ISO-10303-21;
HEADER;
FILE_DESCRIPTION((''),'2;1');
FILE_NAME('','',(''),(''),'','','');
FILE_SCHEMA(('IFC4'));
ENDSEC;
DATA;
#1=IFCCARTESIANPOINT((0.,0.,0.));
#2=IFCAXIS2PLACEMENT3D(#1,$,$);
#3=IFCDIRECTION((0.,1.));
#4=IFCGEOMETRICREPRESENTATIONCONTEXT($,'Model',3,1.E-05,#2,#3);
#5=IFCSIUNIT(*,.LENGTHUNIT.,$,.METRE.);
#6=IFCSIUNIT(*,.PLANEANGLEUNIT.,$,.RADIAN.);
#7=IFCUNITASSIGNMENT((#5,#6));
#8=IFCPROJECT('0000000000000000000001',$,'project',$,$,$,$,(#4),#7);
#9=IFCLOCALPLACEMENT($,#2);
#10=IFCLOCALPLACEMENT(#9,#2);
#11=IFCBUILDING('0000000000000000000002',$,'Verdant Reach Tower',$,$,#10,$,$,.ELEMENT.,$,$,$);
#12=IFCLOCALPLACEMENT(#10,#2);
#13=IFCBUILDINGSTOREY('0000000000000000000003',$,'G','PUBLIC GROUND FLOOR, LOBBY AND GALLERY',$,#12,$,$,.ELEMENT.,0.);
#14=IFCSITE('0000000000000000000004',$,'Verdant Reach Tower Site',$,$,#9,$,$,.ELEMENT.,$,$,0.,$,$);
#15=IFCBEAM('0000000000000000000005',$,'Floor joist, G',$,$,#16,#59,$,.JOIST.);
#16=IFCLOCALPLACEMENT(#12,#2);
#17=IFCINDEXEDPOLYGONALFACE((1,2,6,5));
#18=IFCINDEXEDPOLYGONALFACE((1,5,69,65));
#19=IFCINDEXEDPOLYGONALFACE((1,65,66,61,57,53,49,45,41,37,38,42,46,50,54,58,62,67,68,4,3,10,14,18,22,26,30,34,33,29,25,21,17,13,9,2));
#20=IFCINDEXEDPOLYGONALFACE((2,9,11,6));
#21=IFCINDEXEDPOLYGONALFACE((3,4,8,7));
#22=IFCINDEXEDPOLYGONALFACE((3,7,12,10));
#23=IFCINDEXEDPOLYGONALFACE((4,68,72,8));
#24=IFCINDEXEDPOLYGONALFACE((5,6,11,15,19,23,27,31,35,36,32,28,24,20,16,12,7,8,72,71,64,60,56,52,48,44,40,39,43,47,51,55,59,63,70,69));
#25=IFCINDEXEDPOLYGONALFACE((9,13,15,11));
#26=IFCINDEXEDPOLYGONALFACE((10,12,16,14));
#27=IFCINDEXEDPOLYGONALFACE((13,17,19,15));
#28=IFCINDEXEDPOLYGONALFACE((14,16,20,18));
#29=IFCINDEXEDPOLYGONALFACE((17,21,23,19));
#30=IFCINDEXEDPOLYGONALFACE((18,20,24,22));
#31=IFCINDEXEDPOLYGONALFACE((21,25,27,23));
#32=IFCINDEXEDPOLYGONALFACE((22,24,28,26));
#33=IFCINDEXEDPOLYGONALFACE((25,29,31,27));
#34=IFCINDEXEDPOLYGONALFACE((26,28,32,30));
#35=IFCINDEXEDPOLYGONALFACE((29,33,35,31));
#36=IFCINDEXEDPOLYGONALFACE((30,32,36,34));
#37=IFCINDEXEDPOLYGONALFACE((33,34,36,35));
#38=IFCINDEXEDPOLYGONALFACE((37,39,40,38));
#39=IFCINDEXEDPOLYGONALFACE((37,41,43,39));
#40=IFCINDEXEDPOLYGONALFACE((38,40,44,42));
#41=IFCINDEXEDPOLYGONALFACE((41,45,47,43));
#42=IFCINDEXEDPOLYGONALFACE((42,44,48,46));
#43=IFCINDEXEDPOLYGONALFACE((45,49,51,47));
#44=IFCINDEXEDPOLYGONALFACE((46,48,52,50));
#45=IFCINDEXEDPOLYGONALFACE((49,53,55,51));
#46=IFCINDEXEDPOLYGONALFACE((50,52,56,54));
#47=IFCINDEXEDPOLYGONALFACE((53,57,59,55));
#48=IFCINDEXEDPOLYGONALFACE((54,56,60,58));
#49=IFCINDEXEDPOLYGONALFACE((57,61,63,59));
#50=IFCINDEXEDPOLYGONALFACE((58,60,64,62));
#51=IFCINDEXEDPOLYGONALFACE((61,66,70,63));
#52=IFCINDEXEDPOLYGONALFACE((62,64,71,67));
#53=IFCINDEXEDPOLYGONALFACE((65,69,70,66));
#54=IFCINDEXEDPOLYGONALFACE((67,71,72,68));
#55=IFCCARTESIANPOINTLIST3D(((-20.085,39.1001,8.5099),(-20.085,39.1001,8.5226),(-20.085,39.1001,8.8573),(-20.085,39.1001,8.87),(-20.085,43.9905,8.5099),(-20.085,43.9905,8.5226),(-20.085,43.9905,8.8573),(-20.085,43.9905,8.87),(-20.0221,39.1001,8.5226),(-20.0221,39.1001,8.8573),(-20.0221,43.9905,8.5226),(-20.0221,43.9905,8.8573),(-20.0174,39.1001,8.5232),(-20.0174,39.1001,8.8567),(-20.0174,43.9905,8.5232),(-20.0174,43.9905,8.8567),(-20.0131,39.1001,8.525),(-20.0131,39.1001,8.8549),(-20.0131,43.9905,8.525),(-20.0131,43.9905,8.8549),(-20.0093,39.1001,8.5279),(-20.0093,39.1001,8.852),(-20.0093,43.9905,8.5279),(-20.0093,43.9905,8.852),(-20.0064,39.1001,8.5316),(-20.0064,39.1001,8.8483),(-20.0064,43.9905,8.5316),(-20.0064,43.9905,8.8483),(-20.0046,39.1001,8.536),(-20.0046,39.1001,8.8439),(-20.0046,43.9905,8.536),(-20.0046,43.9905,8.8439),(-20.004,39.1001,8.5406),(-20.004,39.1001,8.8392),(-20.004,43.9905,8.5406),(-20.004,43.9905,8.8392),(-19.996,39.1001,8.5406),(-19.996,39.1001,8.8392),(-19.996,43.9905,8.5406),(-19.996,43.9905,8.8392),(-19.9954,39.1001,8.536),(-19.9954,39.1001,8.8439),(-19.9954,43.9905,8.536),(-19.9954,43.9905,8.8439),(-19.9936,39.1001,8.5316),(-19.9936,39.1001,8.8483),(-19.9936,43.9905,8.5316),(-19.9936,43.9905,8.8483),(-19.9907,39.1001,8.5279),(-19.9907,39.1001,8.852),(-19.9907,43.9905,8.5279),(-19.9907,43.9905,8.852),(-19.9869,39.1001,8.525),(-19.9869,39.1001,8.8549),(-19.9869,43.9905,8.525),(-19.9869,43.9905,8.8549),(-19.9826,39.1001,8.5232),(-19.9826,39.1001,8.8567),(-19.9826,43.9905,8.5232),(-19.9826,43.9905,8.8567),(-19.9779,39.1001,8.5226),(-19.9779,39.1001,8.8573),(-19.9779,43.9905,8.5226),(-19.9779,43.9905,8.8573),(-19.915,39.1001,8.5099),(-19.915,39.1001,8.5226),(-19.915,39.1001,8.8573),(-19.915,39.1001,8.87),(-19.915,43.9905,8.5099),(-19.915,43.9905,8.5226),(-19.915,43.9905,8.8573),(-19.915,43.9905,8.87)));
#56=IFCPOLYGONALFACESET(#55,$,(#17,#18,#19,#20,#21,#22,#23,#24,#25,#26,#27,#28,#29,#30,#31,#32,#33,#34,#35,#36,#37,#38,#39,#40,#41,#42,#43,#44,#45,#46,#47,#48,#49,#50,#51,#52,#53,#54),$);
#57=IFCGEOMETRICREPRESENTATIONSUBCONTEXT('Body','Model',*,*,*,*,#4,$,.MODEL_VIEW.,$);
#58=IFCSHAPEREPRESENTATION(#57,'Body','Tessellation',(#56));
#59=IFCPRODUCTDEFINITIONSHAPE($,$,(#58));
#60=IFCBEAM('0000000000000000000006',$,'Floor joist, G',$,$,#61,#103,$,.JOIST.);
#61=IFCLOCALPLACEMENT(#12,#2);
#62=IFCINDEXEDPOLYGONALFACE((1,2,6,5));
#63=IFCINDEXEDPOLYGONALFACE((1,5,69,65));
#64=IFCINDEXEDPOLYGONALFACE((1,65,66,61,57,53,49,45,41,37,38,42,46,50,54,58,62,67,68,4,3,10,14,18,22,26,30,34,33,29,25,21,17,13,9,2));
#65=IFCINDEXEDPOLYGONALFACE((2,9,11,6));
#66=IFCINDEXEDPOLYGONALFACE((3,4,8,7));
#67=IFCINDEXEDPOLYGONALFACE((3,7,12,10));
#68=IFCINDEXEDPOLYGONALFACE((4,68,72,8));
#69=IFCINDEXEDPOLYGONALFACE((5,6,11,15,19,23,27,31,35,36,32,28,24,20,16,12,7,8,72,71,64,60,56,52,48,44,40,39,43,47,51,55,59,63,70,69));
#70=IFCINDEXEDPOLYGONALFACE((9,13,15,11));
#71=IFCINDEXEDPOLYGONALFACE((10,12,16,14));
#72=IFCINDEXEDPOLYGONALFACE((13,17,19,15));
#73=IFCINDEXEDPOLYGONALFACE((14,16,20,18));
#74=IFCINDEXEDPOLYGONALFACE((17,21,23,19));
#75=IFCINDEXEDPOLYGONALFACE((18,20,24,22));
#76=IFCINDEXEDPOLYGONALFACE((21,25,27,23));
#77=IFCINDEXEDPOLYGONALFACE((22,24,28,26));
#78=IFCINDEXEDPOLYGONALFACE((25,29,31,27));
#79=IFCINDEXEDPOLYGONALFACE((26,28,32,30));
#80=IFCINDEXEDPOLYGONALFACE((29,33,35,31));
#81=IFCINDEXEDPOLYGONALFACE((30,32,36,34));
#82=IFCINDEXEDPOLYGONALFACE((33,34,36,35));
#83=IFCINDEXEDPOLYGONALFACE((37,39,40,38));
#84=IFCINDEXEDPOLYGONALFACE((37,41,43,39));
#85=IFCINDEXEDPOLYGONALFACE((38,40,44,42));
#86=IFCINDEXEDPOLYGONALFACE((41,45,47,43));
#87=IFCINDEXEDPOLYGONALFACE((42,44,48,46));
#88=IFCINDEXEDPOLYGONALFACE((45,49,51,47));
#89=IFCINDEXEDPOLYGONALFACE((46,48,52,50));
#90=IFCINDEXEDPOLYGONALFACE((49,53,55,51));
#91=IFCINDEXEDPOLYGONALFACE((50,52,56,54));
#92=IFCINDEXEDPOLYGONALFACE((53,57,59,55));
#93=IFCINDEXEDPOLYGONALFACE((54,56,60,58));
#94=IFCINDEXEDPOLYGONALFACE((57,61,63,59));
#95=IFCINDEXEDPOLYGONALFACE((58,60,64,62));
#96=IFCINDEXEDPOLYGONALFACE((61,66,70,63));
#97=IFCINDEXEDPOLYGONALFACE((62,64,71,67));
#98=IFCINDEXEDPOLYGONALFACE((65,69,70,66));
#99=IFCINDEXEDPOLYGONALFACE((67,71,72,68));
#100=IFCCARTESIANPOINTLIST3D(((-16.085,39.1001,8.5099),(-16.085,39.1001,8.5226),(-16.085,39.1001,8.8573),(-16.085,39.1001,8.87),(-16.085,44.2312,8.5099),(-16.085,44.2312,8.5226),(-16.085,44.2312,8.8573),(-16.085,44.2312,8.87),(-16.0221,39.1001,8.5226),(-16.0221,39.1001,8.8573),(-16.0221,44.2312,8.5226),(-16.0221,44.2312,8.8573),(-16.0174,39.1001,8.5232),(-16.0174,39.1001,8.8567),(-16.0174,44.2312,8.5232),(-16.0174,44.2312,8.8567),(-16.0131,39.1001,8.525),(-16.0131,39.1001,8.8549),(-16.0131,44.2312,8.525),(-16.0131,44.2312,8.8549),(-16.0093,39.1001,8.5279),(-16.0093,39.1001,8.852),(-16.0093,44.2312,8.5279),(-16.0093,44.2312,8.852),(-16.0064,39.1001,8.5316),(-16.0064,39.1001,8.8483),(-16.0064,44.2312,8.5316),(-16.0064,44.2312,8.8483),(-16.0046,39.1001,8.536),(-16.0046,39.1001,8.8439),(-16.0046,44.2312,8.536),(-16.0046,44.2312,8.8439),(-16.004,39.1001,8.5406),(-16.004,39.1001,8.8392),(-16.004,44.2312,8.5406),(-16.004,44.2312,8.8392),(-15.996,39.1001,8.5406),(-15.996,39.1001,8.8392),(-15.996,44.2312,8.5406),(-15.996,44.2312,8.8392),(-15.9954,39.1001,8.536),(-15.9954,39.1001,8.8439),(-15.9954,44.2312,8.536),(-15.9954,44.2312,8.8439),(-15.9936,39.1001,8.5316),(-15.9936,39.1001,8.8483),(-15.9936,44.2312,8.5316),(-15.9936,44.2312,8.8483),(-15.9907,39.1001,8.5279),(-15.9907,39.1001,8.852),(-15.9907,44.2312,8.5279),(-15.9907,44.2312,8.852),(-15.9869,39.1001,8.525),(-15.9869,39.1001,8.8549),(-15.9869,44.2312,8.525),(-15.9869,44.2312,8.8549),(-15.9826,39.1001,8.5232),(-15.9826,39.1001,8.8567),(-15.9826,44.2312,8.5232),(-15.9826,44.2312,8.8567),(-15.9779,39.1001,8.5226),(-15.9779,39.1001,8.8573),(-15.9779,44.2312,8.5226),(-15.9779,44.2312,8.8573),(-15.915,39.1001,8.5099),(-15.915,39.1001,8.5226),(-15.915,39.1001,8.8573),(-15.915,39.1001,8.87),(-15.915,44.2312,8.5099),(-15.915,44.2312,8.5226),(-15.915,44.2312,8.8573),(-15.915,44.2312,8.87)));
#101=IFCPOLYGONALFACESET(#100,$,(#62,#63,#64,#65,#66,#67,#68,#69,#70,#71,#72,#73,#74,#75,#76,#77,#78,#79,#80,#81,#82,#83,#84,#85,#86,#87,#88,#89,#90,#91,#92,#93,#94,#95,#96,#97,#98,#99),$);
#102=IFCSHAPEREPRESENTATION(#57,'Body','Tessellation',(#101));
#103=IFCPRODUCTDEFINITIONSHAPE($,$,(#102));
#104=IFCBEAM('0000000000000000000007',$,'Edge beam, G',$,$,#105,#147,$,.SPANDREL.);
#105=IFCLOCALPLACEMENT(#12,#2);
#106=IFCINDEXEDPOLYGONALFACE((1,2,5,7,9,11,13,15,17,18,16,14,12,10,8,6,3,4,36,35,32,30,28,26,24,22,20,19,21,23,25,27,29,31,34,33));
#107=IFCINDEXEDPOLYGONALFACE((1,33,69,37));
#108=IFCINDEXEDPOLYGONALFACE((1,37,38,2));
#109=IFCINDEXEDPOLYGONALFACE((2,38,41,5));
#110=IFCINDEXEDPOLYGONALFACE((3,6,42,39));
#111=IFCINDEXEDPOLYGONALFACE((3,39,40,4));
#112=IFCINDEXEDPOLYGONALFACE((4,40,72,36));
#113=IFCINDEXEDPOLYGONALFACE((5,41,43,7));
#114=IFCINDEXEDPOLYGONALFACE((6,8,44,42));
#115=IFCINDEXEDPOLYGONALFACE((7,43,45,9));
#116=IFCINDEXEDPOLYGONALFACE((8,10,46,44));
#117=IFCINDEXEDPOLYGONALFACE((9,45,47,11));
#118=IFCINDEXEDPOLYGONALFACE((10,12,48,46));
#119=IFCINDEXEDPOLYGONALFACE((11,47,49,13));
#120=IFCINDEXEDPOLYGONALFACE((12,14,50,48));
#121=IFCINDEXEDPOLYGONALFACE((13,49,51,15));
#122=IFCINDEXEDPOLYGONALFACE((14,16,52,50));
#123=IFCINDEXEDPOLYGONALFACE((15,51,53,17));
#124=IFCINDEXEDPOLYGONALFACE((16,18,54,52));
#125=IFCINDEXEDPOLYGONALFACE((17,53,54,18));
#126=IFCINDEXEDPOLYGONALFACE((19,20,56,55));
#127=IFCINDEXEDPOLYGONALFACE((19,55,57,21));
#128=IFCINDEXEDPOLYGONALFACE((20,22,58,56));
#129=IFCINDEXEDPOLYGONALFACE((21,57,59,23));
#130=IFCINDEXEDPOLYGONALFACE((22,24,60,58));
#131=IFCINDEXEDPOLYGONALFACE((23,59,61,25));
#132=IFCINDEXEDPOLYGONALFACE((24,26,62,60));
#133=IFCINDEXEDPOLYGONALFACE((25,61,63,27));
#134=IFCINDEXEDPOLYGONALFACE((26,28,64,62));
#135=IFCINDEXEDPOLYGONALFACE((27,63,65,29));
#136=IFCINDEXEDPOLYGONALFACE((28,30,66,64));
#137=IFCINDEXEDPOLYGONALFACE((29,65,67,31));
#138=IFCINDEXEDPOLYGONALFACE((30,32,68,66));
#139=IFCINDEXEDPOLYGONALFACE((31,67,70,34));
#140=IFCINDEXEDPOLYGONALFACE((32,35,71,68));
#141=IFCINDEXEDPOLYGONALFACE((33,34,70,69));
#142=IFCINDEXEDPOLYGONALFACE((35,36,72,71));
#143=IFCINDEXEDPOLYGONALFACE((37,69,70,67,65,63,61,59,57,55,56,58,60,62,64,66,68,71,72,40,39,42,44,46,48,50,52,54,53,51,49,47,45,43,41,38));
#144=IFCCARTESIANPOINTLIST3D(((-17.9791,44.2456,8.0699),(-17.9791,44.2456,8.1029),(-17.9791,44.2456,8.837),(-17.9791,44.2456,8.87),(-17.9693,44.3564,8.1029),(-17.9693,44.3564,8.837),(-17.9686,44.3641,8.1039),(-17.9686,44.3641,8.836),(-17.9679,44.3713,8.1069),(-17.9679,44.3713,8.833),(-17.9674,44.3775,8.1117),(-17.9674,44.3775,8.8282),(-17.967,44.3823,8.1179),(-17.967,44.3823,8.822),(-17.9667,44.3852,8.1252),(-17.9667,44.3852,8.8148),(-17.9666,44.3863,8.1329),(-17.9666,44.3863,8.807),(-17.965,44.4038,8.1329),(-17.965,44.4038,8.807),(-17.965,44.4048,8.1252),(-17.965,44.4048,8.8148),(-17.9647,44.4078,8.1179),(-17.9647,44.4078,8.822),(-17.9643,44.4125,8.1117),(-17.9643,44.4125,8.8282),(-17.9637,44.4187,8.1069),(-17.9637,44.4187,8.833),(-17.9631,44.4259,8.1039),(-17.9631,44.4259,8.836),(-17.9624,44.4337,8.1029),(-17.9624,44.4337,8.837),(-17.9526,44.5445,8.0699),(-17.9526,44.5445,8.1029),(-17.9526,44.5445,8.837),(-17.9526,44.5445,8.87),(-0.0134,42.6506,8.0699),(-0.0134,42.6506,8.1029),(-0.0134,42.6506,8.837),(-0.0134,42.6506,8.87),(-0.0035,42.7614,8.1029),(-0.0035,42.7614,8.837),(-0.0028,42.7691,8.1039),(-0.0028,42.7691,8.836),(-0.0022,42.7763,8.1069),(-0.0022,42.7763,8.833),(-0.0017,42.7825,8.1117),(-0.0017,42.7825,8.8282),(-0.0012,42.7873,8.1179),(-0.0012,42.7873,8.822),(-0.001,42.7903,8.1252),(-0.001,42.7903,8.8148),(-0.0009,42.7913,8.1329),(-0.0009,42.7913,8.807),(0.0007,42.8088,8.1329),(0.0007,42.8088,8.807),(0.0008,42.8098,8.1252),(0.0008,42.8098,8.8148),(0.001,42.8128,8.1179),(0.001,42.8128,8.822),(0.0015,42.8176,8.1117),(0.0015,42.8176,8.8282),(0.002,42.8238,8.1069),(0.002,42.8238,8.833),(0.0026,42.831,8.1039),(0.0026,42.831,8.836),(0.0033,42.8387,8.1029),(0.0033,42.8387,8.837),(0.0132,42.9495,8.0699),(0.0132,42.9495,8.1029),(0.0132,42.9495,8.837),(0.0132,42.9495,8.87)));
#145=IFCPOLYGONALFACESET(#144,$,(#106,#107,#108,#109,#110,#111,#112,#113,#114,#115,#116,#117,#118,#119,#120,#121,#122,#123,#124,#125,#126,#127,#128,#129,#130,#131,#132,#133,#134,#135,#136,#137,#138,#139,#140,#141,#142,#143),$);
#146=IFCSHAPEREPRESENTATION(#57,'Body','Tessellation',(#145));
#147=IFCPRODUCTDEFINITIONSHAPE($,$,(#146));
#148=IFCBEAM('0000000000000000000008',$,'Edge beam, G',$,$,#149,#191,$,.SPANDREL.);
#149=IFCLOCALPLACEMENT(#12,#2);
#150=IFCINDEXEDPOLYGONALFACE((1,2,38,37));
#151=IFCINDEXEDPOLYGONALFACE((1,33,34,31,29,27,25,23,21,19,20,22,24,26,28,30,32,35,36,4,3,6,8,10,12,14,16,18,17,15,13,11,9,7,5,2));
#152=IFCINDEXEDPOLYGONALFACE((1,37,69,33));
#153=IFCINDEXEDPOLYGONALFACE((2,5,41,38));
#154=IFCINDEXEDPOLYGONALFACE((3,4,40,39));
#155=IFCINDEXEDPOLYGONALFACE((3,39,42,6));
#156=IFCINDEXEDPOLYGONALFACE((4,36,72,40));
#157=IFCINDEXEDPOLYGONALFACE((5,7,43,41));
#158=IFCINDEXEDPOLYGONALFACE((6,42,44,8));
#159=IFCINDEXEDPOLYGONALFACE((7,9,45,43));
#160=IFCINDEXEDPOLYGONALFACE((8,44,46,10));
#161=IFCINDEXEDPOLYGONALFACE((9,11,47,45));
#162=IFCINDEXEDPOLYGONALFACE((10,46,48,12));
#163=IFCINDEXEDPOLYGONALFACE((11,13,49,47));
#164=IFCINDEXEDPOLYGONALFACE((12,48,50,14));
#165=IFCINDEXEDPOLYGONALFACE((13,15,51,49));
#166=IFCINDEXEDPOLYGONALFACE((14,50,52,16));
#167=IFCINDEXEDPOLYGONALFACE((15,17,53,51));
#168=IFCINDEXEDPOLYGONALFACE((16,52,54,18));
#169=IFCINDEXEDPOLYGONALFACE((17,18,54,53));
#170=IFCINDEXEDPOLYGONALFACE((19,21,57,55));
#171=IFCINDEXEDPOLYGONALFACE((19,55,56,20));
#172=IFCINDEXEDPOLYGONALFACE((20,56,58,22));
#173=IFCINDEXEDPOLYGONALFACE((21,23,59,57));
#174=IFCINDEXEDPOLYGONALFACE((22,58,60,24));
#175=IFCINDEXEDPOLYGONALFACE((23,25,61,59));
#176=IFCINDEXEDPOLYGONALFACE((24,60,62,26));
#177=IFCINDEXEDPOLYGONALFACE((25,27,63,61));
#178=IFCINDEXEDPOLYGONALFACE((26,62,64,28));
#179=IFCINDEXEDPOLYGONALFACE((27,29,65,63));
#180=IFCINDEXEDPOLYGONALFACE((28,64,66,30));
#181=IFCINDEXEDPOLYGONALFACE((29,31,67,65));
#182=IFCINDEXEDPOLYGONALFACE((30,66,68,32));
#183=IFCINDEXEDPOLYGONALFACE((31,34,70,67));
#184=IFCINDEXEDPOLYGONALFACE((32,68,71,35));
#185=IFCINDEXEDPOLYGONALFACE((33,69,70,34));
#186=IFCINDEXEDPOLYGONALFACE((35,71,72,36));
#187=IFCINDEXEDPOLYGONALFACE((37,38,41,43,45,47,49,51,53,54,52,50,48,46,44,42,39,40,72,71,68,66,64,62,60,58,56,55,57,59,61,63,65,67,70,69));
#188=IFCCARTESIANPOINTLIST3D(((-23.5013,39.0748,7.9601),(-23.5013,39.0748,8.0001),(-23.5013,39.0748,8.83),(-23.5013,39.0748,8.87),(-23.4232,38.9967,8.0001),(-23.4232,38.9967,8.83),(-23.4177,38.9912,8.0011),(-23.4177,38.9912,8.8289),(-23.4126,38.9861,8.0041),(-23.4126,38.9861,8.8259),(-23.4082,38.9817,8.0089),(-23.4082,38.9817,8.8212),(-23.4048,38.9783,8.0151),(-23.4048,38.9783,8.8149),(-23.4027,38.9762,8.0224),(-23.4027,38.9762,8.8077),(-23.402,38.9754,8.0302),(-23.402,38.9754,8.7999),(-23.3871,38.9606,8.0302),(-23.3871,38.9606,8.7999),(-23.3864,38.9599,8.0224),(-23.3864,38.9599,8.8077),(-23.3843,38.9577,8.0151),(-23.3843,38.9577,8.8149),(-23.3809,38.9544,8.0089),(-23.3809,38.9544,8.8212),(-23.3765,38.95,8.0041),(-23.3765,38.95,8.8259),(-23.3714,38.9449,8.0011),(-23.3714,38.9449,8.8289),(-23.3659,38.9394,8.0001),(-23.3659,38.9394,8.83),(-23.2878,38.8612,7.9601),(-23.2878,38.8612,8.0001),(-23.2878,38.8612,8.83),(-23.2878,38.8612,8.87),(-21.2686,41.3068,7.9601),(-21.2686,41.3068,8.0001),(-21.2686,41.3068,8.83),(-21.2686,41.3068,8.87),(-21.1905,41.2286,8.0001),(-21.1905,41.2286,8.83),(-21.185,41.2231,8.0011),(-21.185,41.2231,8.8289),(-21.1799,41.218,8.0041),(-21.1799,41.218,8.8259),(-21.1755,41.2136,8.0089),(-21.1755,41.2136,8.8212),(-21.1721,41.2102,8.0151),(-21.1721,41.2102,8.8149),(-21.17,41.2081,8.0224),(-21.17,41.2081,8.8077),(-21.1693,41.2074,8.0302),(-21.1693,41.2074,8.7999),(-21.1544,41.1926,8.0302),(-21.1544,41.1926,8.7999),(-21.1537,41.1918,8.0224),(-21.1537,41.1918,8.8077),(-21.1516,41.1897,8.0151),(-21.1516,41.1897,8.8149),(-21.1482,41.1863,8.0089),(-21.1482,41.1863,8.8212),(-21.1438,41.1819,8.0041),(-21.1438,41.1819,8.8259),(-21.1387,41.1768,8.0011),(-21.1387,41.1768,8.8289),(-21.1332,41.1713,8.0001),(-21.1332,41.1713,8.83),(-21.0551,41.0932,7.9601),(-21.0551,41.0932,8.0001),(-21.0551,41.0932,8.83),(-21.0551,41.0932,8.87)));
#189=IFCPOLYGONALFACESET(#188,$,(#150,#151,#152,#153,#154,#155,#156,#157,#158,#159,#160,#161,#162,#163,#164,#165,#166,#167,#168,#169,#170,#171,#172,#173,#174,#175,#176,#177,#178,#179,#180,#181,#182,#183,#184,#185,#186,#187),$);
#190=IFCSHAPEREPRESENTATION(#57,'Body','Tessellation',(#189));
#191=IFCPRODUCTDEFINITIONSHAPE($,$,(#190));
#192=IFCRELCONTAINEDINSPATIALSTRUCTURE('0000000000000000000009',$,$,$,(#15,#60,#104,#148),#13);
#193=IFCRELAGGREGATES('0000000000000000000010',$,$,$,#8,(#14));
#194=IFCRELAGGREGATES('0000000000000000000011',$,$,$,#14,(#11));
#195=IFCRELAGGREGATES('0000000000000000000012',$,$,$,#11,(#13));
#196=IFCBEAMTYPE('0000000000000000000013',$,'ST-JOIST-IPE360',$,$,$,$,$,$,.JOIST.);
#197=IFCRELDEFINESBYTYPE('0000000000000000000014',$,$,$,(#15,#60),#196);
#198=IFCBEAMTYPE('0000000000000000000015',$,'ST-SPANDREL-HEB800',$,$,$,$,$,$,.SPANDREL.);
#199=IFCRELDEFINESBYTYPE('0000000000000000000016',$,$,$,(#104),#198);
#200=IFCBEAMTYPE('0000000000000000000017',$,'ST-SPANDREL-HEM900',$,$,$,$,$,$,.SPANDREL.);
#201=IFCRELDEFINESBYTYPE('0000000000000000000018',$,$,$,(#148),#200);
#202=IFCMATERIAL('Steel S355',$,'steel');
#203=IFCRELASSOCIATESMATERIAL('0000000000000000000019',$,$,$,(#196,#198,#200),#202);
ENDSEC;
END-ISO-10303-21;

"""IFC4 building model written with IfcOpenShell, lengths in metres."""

from ifc_helpers import new_model, si_unit, direction, frame, origin, origin_2d, place, context, subcontext, project, spatial, i_section, extrude, material, material_profile, profile_set, type_object, element, save


model = new_model("IFC4")

# Units and contexts
model_context = context("Model", 3, precision=1e-05, world=origin(), true_north=direction((0.0, 1.0)))
body_context = subcontext(model_context, "Body", "Model", "MODEL_VIEW")
ifc_project = project(units=[si_unit("LENGTHUNIT", "METRE"), si_unit("PLANEANGLEUNIT", "RADIAN")], contexts=[model_context])

# Site, building, storey
site_placement = place(None, origin())
site = spatial("IfcSite", under=ifc_project, at=site_placement, Name="Verdant Reach Tower Site", CompositionType="ELEMENT", RefElevation=0.0)
building_placement = place(site_placement, origin())
building = spatial("IfcBuilding", under=site, at=building_placement, Name="Verdant Reach Tower", CompositionType="ELEMENT")
storey_placement = place(building_placement, origin())
storey = spatial("IfcBuildingStorey", under=building, at=storey_placement, Name="G", Description="PUBLIC GROUND FLOOR, LOBBY AND GALLERY", CompositionType="ELEMENT", Elevation=0.0)

# Beams
ifc_material_1 = material(Name="Steel S355", Category="steel")
ifc_material_profile_1 = material_profile(ifc_material_1, i_section(OverallWidth=0.1699, OverallDepth=0.3601, WebThickness=0.0081, FlangeThickness=0.0127, FilletRadius=0.0181, at=origin_2d()), Name="IPE 360")
ifc_profile_set_1 = profile_set([ifc_material_profile_1], Name="Steel S355")
beam_type_1 = type_object("IfcBeamType", Name="ST-JOIST-IPE360", PredefinedType="JOIST", material=ifc_profile_set_1)
beam_1_placement = place(storey_placement, frame((-20.0, 39.1001, 8.6899), z_axis=(0.0, 1.0, 0.0), x_axis=(-1.0, 0.0, 0.0)))
element("IfcBeam", 1, at=beam_1_placement, inside=storey, type_object=beam_type_1, Name="Floor joist, G", PredefinedType="JOIST", context=body_context, shape_type="SweptSolid", body=[
    extrude(i_section(OverallWidth=0.1699, OverallDepth=0.3601, WebThickness=0.0081, FlangeThickness=0.0127, FilletRadius=0.0181, at=origin_2d()), origin(), (0.0, 0.0, 1.0), 4.8904),
])
beam_2_placement = place(storey_placement, frame((-16.0, 39.1001, 8.6899), z_axis=(0.0, 1.0, 0.0), x_axis=(-1.0, 0.0, 0.0)))
element("IfcBeam", 2, at=beam_2_placement, inside=storey, type_object=beam_type_1, Name="Floor joist, G", PredefinedType="JOIST", context=body_context, shape_type="SweptSolid", body=[
    extrude(i_section(OverallWidth=0.1699, OverallDepth=0.3601, WebThickness=0.0081, FlangeThickness=0.0127, FilletRadius=0.0181, at=origin_2d()), origin(), (0.0, 0.0, 1.0), 5.1311),
])
ifc_material_profile_2 = material_profile(ifc_material_1, i_section(OverallWidth=0.3, OverallDepth=0.8, WebThickness=0.0176, FlangeThickness=0.033, FilletRadius=0.03, at=origin_2d()), Name="HEB 800")
ifc_profile_set_2 = profile_set([ifc_material_profile_2], Name="Steel S355")
beam_type_2 = type_object("IfcBeamType", Name="ST-SPANDREL-HEB800", PredefinedType="SPANDREL", material=ifc_profile_set_2)
beam_3_placement = place(storey_placement, frame((-17.9658, 44.395, 8.47), z_axis=(0.996082, -0.08843, 0.0), x_axis=(0.08843, 0.996082, 0.0)))
element("IfcBeam", 3, at=beam_3_placement, inside=storey, type_object=beam_type_2, Name="Edge beam, G", PredefinedType="SPANDREL", context=body_context, shape_type="SweptSolid", body=[
    extrude(i_section(OverallWidth=0.3, OverallDepth=0.8, WebThickness=0.0176, FlangeThickness=0.033, FilletRadius=0.03, at=origin_2d()), origin(), (0.0, 0.0, 1.0), 18.0364),
])
ifc_material_profile_3 = material_profile(ifc_material_1, i_section(OverallWidth=0.302, OverallDepth=0.9099, WebThickness=0.021, FlangeThickness=0.04, FilletRadius=0.03, at=origin_2d()), Name="HEM 900")
ifc_profile_set_3 = profile_set([ifc_material_profile_3], Name="Steel S355")
beam_type_3 = type_object("IfcBeamType", Name="ST-SPANDREL-HEM900", PredefinedType="SPANDREL", material=ifc_profile_set_3)
beam_4_placement = place(storey_placement, frame((-23.3945, 38.968, 8.415), z_axis=(0.707223, 0.706991, 0.0), x_axis=(-0.706991, 0.707223, 0.0)))
element("IfcBeam", 4, at=beam_4_placement, inside=storey, type_object=beam_type_3, Name="Edge beam, G", PredefinedType="SPANDREL", context=body_context, shape_type="SweptSolid", body=[
    extrude(i_section(OverallWidth=0.302, OverallDepth=0.9099, WebThickness=0.021, FlangeThickness=0.04, FilletRadius=0.03, at=origin_2d()), origin(), (0.0, 0.0, 1.0), 3.157),
])

save(model, "model.ifc")
